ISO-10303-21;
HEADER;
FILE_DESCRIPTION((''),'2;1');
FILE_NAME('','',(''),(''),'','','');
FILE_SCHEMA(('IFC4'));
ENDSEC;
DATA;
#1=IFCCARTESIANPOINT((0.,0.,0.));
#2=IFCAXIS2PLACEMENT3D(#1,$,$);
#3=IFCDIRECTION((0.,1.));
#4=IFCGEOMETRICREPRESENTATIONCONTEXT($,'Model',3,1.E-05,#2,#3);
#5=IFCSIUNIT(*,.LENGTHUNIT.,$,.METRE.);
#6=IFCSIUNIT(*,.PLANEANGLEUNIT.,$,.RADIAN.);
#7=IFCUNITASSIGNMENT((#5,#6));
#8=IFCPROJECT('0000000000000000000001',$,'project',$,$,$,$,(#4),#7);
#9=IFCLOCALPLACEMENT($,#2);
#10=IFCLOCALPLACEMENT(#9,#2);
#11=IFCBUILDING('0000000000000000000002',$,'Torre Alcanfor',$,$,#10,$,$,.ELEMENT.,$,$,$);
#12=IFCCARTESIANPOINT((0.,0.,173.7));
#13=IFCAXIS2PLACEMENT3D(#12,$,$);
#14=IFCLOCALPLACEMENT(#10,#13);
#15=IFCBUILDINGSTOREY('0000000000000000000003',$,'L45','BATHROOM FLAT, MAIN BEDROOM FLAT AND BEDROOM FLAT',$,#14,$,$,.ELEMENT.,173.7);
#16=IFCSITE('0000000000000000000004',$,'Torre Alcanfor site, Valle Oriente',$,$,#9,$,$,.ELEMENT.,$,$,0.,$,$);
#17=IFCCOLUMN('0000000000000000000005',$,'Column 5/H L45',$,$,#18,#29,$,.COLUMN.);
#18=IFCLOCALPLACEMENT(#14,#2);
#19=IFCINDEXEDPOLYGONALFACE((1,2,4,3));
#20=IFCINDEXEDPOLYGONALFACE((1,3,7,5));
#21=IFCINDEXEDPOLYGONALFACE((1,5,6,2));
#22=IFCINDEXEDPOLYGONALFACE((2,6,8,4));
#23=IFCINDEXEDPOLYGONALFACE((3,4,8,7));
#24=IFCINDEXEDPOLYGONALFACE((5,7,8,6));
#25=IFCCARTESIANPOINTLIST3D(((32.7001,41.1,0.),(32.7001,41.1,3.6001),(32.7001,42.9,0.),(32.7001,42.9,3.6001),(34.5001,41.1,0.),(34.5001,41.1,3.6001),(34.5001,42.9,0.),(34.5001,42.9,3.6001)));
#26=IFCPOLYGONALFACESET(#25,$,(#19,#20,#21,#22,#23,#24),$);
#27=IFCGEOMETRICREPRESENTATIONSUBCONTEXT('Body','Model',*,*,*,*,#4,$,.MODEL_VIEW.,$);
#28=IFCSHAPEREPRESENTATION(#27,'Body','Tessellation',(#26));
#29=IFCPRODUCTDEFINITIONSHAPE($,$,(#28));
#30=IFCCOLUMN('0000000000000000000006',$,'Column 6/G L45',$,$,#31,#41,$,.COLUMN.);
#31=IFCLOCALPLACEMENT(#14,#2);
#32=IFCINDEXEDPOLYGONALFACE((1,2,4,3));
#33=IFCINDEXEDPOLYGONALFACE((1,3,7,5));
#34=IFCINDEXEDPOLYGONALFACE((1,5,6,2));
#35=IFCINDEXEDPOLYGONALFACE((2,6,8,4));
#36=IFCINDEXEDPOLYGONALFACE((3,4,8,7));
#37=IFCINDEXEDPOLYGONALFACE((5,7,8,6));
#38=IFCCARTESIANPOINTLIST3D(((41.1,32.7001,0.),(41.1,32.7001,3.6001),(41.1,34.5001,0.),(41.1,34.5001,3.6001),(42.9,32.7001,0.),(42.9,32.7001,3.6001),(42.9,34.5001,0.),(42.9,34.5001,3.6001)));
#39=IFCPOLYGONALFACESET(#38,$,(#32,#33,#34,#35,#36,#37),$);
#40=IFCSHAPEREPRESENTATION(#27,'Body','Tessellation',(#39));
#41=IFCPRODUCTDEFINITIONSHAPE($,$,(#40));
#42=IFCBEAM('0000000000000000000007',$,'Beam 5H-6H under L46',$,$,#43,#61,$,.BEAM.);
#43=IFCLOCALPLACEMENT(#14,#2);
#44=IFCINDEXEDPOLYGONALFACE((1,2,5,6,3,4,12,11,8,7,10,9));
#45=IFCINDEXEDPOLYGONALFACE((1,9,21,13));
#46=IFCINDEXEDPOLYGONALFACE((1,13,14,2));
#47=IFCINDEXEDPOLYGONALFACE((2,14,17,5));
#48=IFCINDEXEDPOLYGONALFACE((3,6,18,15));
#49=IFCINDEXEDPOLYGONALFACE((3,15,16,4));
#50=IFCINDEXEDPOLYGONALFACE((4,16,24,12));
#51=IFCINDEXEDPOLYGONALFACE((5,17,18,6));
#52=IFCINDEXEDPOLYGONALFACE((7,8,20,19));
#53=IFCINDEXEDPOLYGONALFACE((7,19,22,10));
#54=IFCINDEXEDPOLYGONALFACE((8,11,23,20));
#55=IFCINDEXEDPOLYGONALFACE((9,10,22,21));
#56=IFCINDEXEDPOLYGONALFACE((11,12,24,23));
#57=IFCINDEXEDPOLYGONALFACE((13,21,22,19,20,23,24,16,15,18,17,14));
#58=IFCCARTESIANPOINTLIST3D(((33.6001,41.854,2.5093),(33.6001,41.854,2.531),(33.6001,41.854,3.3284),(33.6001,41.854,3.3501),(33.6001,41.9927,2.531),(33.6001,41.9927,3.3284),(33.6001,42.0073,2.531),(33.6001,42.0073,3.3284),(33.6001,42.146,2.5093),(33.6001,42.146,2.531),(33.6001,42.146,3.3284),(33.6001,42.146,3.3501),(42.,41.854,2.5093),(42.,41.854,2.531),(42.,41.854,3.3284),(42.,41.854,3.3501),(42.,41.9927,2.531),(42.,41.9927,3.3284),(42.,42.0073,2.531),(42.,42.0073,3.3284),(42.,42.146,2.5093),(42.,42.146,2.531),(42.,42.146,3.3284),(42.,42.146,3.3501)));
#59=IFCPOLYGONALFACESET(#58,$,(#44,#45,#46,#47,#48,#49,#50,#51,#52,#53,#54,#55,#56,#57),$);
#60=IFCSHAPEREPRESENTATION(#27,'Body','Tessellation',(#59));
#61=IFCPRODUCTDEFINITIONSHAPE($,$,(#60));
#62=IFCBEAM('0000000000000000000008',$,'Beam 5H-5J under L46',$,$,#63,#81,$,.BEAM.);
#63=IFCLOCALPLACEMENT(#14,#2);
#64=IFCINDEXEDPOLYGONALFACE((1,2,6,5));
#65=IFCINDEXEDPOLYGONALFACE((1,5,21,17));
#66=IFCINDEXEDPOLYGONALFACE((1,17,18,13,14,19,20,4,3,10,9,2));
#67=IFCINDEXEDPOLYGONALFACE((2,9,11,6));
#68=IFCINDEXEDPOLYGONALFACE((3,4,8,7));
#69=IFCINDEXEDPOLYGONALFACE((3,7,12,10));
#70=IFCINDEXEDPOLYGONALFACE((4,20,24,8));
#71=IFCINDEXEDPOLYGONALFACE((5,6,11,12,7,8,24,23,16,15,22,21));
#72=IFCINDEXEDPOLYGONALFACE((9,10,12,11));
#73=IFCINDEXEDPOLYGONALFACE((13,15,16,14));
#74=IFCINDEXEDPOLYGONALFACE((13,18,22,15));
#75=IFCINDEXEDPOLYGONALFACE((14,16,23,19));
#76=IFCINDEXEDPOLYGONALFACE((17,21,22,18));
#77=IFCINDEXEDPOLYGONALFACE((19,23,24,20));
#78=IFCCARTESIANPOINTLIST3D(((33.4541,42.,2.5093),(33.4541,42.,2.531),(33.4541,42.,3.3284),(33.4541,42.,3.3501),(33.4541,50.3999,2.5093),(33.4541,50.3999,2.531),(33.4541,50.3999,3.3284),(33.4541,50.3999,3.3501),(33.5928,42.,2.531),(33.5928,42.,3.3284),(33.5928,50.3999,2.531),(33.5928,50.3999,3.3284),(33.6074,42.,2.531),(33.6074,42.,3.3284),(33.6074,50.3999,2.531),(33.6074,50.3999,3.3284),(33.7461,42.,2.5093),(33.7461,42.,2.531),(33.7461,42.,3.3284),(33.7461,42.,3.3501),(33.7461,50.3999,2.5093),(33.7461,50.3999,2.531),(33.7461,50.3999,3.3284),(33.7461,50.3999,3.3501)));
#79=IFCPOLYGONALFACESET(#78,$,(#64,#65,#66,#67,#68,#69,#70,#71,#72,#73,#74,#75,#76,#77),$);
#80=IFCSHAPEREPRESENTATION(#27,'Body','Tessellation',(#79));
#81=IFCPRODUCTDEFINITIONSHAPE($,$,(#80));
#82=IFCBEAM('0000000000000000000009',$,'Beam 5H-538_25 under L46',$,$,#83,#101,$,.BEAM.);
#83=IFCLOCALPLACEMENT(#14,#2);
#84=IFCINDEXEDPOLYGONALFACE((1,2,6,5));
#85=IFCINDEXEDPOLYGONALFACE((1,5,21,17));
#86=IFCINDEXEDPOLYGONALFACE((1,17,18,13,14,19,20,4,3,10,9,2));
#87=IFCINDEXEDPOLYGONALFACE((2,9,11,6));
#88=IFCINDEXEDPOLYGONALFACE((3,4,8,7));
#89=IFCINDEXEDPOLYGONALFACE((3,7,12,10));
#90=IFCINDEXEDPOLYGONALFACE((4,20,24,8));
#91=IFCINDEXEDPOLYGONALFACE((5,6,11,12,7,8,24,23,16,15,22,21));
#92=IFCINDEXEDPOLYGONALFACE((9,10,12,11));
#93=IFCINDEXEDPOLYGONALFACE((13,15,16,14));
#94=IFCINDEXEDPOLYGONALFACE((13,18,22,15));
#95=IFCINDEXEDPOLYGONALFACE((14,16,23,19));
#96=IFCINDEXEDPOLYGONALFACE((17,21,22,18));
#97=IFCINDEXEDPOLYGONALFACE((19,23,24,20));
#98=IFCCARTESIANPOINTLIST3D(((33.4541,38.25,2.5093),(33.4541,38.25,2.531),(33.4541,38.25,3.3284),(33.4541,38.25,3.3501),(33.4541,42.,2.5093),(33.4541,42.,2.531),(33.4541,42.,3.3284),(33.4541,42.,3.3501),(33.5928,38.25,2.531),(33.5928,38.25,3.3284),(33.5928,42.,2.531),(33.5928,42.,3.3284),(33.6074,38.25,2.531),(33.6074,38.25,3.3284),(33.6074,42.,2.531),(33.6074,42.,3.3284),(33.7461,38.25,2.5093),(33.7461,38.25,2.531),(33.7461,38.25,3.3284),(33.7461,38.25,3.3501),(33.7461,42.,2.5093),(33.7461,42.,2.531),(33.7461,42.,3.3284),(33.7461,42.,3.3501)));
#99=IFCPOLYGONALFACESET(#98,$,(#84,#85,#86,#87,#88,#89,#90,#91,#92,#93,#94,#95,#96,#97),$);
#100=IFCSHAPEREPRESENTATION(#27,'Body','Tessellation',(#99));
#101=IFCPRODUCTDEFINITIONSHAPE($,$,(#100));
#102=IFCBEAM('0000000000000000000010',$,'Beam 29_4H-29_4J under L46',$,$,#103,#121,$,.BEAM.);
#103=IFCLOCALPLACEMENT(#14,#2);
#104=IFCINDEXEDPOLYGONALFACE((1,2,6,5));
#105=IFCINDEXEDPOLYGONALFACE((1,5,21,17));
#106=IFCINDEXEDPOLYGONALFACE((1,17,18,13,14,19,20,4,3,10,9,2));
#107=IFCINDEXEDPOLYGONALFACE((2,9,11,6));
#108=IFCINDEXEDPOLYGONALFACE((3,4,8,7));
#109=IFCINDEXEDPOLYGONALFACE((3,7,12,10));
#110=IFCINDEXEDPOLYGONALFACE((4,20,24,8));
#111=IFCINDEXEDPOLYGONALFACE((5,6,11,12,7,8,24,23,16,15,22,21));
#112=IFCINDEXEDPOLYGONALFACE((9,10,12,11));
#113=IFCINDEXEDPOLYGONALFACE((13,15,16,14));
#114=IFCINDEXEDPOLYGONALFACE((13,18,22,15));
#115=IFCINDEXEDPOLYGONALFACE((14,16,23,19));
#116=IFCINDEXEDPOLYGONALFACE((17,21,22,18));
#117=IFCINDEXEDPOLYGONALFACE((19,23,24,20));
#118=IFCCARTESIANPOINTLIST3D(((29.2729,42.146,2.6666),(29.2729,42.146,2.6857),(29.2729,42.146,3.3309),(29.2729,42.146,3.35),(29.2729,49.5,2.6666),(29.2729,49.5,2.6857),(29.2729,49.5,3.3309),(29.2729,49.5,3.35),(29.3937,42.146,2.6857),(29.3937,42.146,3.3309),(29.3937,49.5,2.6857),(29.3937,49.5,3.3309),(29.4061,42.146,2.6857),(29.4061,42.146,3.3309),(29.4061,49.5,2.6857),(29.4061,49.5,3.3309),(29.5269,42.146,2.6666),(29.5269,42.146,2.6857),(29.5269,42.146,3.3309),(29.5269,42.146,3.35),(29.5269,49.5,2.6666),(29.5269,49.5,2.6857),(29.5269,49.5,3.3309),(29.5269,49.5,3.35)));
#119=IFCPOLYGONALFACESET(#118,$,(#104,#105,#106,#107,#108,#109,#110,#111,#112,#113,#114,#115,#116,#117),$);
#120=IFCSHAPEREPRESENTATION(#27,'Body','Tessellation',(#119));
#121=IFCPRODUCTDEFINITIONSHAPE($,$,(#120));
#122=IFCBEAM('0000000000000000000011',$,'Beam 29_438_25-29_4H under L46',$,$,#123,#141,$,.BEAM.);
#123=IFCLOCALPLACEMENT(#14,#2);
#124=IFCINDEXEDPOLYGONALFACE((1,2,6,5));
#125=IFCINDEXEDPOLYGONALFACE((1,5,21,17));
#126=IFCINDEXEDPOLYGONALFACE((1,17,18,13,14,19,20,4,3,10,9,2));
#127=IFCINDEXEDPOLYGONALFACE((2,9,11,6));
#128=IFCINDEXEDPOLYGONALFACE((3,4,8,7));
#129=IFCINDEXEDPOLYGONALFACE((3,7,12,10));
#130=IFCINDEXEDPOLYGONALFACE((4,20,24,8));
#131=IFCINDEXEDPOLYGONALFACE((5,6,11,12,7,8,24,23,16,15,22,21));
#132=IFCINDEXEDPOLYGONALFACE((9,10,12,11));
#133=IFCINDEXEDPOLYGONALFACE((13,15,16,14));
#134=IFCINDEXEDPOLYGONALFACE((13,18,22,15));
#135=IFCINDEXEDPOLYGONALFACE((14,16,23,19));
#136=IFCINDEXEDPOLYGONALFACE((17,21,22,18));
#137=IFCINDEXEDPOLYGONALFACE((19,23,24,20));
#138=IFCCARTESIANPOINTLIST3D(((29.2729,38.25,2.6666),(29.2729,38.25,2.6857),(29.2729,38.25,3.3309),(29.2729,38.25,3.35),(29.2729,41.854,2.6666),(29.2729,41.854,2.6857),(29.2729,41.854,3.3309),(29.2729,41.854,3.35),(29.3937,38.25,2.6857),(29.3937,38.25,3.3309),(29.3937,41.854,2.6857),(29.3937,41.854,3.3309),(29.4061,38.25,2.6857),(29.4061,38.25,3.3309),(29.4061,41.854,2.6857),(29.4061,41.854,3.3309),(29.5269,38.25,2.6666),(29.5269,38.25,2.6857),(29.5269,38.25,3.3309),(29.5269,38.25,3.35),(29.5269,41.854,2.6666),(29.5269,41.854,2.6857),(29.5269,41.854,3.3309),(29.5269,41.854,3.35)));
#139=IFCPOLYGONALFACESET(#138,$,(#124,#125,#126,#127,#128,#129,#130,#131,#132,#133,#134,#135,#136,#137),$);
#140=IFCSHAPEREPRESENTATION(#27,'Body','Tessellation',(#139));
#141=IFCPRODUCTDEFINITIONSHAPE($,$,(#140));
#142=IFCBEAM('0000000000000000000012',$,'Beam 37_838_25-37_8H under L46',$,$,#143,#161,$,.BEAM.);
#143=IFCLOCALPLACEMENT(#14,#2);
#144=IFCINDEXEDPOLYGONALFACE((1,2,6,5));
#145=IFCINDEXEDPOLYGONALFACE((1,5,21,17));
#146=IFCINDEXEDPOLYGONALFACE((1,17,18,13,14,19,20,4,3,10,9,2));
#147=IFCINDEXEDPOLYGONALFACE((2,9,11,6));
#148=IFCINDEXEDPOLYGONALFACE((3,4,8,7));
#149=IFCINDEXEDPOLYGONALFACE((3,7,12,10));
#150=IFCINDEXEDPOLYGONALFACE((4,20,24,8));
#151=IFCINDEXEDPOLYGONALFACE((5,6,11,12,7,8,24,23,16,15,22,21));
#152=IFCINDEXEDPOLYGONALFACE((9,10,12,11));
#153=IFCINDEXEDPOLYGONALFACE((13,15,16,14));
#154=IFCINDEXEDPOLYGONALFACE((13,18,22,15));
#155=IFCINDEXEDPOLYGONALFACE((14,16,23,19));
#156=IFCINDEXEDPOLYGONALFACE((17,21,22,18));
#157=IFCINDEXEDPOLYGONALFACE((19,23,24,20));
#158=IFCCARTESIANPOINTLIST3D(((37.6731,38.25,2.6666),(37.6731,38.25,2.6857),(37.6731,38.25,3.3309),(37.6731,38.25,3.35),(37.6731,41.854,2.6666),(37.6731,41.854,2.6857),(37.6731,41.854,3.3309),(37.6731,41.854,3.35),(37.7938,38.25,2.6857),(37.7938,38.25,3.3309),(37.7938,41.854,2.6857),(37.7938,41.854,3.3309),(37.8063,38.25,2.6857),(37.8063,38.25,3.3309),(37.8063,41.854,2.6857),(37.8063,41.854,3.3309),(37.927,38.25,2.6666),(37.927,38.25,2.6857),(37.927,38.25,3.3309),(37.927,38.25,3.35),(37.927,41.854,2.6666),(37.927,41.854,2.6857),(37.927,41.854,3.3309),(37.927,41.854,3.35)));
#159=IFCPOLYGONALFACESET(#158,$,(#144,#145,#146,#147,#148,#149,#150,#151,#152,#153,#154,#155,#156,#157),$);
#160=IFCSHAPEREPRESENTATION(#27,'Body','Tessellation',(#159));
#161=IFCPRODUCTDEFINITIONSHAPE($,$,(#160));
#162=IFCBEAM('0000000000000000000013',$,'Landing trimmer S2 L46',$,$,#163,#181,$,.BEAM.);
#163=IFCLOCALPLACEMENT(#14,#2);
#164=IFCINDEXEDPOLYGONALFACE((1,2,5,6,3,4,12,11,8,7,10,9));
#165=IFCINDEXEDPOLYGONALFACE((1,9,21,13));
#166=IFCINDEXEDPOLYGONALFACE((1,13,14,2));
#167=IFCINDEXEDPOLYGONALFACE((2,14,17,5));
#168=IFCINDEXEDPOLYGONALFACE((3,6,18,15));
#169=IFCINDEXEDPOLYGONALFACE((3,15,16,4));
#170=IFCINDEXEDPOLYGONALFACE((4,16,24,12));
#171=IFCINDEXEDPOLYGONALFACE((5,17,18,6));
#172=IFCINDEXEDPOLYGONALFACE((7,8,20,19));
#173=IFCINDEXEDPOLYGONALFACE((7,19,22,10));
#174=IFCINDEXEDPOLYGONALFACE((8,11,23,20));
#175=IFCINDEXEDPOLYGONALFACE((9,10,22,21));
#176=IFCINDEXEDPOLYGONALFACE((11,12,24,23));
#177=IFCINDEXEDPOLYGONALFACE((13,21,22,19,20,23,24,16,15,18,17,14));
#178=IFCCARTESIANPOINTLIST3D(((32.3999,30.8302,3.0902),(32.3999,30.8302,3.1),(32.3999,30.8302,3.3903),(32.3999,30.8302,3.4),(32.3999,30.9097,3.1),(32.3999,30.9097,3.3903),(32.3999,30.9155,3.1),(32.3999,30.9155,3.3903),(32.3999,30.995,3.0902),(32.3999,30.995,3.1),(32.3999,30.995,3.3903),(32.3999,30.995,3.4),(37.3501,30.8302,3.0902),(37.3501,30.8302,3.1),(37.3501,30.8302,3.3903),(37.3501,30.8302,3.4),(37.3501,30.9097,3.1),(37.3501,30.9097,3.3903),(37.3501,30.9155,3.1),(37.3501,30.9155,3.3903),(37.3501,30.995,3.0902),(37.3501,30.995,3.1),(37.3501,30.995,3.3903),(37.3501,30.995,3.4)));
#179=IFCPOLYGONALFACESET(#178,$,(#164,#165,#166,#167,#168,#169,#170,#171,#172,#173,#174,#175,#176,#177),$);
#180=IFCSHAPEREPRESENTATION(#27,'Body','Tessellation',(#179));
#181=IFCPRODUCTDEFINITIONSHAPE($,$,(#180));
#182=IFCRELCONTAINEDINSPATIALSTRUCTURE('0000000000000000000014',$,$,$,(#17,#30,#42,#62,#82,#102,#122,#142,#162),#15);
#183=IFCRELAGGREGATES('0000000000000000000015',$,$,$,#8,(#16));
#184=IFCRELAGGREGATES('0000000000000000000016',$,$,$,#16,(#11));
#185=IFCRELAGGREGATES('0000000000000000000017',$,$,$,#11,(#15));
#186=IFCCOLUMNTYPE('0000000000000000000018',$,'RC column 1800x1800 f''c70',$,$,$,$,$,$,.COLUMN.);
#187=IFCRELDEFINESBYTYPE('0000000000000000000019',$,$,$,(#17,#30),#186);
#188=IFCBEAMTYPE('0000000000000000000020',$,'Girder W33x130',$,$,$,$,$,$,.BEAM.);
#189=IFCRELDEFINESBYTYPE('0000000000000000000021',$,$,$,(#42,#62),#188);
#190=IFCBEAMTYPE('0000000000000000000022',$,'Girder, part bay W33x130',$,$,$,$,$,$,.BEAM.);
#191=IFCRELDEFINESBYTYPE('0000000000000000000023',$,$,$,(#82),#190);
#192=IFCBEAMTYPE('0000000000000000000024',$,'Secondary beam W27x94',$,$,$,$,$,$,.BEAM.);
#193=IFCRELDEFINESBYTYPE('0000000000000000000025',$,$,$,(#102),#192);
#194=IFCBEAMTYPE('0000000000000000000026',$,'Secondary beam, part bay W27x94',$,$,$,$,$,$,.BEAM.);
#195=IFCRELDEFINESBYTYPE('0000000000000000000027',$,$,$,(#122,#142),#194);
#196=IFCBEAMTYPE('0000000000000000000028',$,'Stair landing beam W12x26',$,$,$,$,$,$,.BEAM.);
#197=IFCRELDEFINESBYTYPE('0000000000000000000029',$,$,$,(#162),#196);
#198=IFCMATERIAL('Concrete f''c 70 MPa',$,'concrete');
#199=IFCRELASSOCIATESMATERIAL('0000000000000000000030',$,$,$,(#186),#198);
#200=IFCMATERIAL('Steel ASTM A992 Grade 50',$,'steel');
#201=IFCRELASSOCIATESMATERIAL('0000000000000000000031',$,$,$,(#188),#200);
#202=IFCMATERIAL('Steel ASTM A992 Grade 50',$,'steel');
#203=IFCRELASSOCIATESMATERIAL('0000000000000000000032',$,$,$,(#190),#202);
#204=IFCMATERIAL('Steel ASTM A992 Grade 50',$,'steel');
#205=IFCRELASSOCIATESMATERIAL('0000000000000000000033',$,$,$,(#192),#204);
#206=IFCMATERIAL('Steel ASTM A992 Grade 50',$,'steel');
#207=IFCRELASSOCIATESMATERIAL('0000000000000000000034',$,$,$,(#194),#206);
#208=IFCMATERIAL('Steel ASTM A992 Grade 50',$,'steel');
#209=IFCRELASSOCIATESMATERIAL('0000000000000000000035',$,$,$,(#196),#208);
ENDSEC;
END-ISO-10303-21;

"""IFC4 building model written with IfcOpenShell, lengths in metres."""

from ifc_helpers import new_model, si_unit, direction, frame, origin, origin_2d, place, context, subcontext, project, spatial, rectangle, i_section, extrude, material, material_profile, profile_set, type_object, element, save


model = new_model("IFC4")

# Units and contexts
model_context = context("Model", 3, precision=1e-05, world=origin(), true_north=direction((0.0, 1.0)))
body_context = subcontext(model_context, "Body", "Model", "MODEL_VIEW")
ifc_project = project(units=[si_unit("LENGTHUNIT", "METRE"), si_unit("PLANEANGLEUNIT", "RADIAN")], contexts=[model_context])

# Site, building, storey
site_placement = place(None, origin())
site = spatial("IfcSite", under=ifc_project, at=site_placement, Name="Torre Alcanfor site, Valle Oriente", CompositionType="ELEMENT", RefElevation=0.0)
building_placement = place(site_placement, origin())
building = spatial("IfcBuilding", under=site, at=building_placement, Name="Torre Alcanfor", CompositionType="ELEMENT")
storey_placement = place(building_placement, frame((0.0, 0.0, 173.7)))
storey = spatial("IfcBuildingStorey", under=building, at=storey_placement, Name="L45", Description="BATHROOM FLAT, MAIN BEDROOM FLAT AND BEDROOM FLAT", CompositionType="ELEMENT", Elevation=173.7)

# Columns
ifc_material_1 = material(Name="Concrete f'c 70 MPa", Category="concrete")
ifc_material_profile_1 = material_profile(ifc_material_1, rectangle(XDim=1.8, YDim=1.8, at=origin_2d()), Name="1800x1800")
ifc_profile_set_1 = profile_set([ifc_material_profile_1], Name="Concrete f'c 70 MPa")
column_type = type_object("IfcColumnType", Name="RC column 1800x1800 f'c70", PredefinedType="COLUMN", material=ifc_profile_set_1)
for number, where, z_axis, x_axis, name in (
    (1, (33.6001, 42.0, 0.0), (0.0, 0.0, 1.0), (1.0, 0.0, 0.0), "Column 5/H L45"),
    (2, (42.0, 33.6001, 0.0), (0.0, 0.0, 1.0), (1.0, 0.0, 0.0), "Column 6/G L45"),
):
    element("IfcColumn", number, at=place(storey_placement, frame(where, z_axis=z_axis, x_axis=x_axis)), inside=storey, type_object=column_type, Name=name, PredefinedType="COLUMN", context=body_context, shape_type="SweptSolid", body=[
        extrude(rectangle(XDim=1.8, YDim=1.8, at=origin_2d()), origin(), (0.0, 0.0, 1.0), 3.6001),
    ])

# Beams
ifc_material_2 = material(Name="Steel ASTM A992 Grade 50", Category="steel")
ifc_material_profile_2 = material_profile(ifc_material_2, i_section(OverallWidth=0.292, OverallDepth=0.8408, WebThickness=0.0146, FlangeThickness=0.0217, at=origin_2d()), Name="W33x130")
ifc_profile_set_2 = profile_set([ifc_material_profile_2], Name="Steel ASTM A992 Grade 50")
beam_type_1 = type_object("IfcBeamType", Name="Girder W33x130", PredefinedType="BEAM", material=ifc_profile_set_2)
for number, where, z_axis, x_axis, name in (
    (3, (33.6001, 42.0, 2.9297), (1.0, 0.0, 0.0), (0.0, 1.0, 0.0), "Beam 5H-6H under L46"),
    (4, (33.6001, 42.0, 2.9297), (0.0, 1.0, 0.0), (-1.0, 0.0, 0.0), "Beam 5H-5J under L46"),
):
    element("IfcBeam", number, at=place(storey_placement, frame(where, z_axis=z_axis, x_axis=x_axis)), inside=storey, type_object=beam_type_1, Name=name, PredefinedType="BEAM", context=body_context, shape_type="SweptSolid", body=[
        extrude(i_section(OverallWidth=0.292, OverallDepth=0.8408, WebThickness=0.0146, FlangeThickness=0.0217, at=origin_2d()), origin(), (0.0, 0.0, 1.0), 8.3999),
    ])
ifc_material_3 = material(Name="Steel ASTM A992 Grade 50", Category="steel")
ifc_material_profile_3 = material_profile(ifc_material_3, i_section(OverallWidth=0.292, OverallDepth=0.8408, WebThickness=0.0146, FlangeThickness=0.0217, at=origin_2d()), Name="W33x130")
ifc_profile_set_3 = profile_set([ifc_material_profile_3], Name="Steel ASTM A992 Grade 50")
beam_type_2 = type_object("IfcBeamType", Name="Girder, part bay W33x130", PredefinedType="BEAM", material=ifc_profile_set_3)
beam_1_placement = place(storey_placement, frame((33.6001, 42.0, 2.9297), z_axis=(0.0, -1.0, 0.0), x_axis=(1.0, 0.0, 0.0)))
element("IfcBeam", 5, at=beam_1_placement, inside=storey, type_object=beam_type_2, Name="Beam 5H-538_25 under L46", PredefinedType="BEAM", context=body_context, shape_type="SweptSolid", body=[
    extrude(i_section(OverallWidth=0.292, OverallDepth=0.8408, WebThickness=0.0146, FlangeThickness=0.0217, at=origin_2d()), origin(), (0.0, 0.0, 1.0), 3.75),
])
ifc_material_4 = material(Name="Steel ASTM A992 Grade 50", Category="steel")
ifc_material_profile_4 = material_profile(ifc_material_4, i_section(OverallWidth=0.2539, OverallDepth=0.6833, WebThickness=0.0125, FlangeThickness=0.019, at=origin_2d()), Name="W27x94")
ifc_profile_set_4 = profile_set([ifc_material_profile_4], Name="Steel ASTM A992 Grade 50")
beam_type_3 = type_object("IfcBeamType", Name="Secondary beam W27x94", PredefinedType="BEAM", material=ifc_profile_set_4)
beam_2_placement = place(storey_placement, frame((29.3999, 42.146, 3.0083), z_axis=(0.0, 1.0, 0.0), x_axis=(-1.0, 0.0, 0.0)))
element("IfcBeam", 6, at=beam_2_placement, inside=storey, type_object=beam_type_3, Name="Beam 29_4H-29_4J under L46", PredefinedType="BEAM", context=body_context, shape_type="SweptSolid", body=[
    extrude(i_section(OverallWidth=0.2539, OverallDepth=0.6833, WebThickness=0.0125, FlangeThickness=0.019, at=origin_2d()), origin(), (0.0, 0.0, 1.0), 7.354),
])
ifc_material_5 = material(Name="Steel ASTM A992 Grade 50", Category="steel")
ifc_material_profile_5 = material_profile(ifc_material_5, i_section(OverallWidth=0.2539, OverallDepth=0.6833, WebThickness=0.0125, FlangeThickness=0.019, at=origin_2d()), Name="W27x94")
ifc_profile_set_5 = profile_set([ifc_material_profile_5], Name="Steel ASTM A992 Grade 50")
beam_type_4 = type_object("IfcBeamType", Name="Secondary beam, part bay W27x94", PredefinedType="BEAM", material=ifc_profile_set_5)
for number, where, z_axis, x_axis, name in (
    (7, (29.3999, 38.25, 3.0083), (0.0, 1.0, 0.0), (-1.0, 0.0, 0.0), "Beam 29_438_25-29_4H under L46"),
    (8, (37.8, 38.25, 3.0083), (0.0, 1.0, 0.0), (-1.0, 0.0, 0.0), "Beam 37_838_25-37_8H under L46"),
):
    element("IfcBeam", number, at=place(storey_placement, frame(where, z_axis=z_axis, x_axis=x_axis)), inside=storey, type_object=beam_type_4, Name=name, PredefinedType="BEAM", context=body_context, shape_type="SweptSolid", body=[
        extrude(i_section(OverallWidth=0.2539, OverallDepth=0.6833, WebThickness=0.0125, FlangeThickness=0.019, at=origin_2d()), origin(), (0.0, 0.0, 1.0), 3.604),
    ])
ifc_material_6 = material(Name="Steel ASTM A992 Grade 50", Category="steel")
ifc_material_profile_6 = material_profile(ifc_material_6, i_section(OverallWidth=0.1648, OverallDepth=0.3098, WebThickness=0.0059, FlangeThickness=0.0098, at=origin_2d()), Name="W12x26")
ifc_profile_set_6 = profile_set([ifc_material_profile_6], Name="Steel ASTM A992 Grade 50")
beam_type_5 = type_object("IfcBeamType", Name="Stair landing beam W12x26", PredefinedType="BEAM", material=ifc_profile_set_6)
beam_3_placement = place(storey_placement, frame((32.3999, 30.9126, 3.2451), z_axis=(1.0, 0.0, 0.0), x_axis=(0.0, 1.0, 0.0)))
element("IfcBeam", 9, at=beam_3_placement, inside=storey, type_object=beam_type_5, Name="Landing trimmer S2 L46", PredefinedType="BEAM", context=body_context, shape_type="SweptSolid", body=[
    extrude(i_section(OverallWidth=0.1648, OverallDepth=0.3098, WebThickness=0.0059, FlangeThickness=0.0098, at=origin_2d()), origin(), (0.0, 0.0, 1.0), 4.9502),
])

save(model, "model.ifc")
